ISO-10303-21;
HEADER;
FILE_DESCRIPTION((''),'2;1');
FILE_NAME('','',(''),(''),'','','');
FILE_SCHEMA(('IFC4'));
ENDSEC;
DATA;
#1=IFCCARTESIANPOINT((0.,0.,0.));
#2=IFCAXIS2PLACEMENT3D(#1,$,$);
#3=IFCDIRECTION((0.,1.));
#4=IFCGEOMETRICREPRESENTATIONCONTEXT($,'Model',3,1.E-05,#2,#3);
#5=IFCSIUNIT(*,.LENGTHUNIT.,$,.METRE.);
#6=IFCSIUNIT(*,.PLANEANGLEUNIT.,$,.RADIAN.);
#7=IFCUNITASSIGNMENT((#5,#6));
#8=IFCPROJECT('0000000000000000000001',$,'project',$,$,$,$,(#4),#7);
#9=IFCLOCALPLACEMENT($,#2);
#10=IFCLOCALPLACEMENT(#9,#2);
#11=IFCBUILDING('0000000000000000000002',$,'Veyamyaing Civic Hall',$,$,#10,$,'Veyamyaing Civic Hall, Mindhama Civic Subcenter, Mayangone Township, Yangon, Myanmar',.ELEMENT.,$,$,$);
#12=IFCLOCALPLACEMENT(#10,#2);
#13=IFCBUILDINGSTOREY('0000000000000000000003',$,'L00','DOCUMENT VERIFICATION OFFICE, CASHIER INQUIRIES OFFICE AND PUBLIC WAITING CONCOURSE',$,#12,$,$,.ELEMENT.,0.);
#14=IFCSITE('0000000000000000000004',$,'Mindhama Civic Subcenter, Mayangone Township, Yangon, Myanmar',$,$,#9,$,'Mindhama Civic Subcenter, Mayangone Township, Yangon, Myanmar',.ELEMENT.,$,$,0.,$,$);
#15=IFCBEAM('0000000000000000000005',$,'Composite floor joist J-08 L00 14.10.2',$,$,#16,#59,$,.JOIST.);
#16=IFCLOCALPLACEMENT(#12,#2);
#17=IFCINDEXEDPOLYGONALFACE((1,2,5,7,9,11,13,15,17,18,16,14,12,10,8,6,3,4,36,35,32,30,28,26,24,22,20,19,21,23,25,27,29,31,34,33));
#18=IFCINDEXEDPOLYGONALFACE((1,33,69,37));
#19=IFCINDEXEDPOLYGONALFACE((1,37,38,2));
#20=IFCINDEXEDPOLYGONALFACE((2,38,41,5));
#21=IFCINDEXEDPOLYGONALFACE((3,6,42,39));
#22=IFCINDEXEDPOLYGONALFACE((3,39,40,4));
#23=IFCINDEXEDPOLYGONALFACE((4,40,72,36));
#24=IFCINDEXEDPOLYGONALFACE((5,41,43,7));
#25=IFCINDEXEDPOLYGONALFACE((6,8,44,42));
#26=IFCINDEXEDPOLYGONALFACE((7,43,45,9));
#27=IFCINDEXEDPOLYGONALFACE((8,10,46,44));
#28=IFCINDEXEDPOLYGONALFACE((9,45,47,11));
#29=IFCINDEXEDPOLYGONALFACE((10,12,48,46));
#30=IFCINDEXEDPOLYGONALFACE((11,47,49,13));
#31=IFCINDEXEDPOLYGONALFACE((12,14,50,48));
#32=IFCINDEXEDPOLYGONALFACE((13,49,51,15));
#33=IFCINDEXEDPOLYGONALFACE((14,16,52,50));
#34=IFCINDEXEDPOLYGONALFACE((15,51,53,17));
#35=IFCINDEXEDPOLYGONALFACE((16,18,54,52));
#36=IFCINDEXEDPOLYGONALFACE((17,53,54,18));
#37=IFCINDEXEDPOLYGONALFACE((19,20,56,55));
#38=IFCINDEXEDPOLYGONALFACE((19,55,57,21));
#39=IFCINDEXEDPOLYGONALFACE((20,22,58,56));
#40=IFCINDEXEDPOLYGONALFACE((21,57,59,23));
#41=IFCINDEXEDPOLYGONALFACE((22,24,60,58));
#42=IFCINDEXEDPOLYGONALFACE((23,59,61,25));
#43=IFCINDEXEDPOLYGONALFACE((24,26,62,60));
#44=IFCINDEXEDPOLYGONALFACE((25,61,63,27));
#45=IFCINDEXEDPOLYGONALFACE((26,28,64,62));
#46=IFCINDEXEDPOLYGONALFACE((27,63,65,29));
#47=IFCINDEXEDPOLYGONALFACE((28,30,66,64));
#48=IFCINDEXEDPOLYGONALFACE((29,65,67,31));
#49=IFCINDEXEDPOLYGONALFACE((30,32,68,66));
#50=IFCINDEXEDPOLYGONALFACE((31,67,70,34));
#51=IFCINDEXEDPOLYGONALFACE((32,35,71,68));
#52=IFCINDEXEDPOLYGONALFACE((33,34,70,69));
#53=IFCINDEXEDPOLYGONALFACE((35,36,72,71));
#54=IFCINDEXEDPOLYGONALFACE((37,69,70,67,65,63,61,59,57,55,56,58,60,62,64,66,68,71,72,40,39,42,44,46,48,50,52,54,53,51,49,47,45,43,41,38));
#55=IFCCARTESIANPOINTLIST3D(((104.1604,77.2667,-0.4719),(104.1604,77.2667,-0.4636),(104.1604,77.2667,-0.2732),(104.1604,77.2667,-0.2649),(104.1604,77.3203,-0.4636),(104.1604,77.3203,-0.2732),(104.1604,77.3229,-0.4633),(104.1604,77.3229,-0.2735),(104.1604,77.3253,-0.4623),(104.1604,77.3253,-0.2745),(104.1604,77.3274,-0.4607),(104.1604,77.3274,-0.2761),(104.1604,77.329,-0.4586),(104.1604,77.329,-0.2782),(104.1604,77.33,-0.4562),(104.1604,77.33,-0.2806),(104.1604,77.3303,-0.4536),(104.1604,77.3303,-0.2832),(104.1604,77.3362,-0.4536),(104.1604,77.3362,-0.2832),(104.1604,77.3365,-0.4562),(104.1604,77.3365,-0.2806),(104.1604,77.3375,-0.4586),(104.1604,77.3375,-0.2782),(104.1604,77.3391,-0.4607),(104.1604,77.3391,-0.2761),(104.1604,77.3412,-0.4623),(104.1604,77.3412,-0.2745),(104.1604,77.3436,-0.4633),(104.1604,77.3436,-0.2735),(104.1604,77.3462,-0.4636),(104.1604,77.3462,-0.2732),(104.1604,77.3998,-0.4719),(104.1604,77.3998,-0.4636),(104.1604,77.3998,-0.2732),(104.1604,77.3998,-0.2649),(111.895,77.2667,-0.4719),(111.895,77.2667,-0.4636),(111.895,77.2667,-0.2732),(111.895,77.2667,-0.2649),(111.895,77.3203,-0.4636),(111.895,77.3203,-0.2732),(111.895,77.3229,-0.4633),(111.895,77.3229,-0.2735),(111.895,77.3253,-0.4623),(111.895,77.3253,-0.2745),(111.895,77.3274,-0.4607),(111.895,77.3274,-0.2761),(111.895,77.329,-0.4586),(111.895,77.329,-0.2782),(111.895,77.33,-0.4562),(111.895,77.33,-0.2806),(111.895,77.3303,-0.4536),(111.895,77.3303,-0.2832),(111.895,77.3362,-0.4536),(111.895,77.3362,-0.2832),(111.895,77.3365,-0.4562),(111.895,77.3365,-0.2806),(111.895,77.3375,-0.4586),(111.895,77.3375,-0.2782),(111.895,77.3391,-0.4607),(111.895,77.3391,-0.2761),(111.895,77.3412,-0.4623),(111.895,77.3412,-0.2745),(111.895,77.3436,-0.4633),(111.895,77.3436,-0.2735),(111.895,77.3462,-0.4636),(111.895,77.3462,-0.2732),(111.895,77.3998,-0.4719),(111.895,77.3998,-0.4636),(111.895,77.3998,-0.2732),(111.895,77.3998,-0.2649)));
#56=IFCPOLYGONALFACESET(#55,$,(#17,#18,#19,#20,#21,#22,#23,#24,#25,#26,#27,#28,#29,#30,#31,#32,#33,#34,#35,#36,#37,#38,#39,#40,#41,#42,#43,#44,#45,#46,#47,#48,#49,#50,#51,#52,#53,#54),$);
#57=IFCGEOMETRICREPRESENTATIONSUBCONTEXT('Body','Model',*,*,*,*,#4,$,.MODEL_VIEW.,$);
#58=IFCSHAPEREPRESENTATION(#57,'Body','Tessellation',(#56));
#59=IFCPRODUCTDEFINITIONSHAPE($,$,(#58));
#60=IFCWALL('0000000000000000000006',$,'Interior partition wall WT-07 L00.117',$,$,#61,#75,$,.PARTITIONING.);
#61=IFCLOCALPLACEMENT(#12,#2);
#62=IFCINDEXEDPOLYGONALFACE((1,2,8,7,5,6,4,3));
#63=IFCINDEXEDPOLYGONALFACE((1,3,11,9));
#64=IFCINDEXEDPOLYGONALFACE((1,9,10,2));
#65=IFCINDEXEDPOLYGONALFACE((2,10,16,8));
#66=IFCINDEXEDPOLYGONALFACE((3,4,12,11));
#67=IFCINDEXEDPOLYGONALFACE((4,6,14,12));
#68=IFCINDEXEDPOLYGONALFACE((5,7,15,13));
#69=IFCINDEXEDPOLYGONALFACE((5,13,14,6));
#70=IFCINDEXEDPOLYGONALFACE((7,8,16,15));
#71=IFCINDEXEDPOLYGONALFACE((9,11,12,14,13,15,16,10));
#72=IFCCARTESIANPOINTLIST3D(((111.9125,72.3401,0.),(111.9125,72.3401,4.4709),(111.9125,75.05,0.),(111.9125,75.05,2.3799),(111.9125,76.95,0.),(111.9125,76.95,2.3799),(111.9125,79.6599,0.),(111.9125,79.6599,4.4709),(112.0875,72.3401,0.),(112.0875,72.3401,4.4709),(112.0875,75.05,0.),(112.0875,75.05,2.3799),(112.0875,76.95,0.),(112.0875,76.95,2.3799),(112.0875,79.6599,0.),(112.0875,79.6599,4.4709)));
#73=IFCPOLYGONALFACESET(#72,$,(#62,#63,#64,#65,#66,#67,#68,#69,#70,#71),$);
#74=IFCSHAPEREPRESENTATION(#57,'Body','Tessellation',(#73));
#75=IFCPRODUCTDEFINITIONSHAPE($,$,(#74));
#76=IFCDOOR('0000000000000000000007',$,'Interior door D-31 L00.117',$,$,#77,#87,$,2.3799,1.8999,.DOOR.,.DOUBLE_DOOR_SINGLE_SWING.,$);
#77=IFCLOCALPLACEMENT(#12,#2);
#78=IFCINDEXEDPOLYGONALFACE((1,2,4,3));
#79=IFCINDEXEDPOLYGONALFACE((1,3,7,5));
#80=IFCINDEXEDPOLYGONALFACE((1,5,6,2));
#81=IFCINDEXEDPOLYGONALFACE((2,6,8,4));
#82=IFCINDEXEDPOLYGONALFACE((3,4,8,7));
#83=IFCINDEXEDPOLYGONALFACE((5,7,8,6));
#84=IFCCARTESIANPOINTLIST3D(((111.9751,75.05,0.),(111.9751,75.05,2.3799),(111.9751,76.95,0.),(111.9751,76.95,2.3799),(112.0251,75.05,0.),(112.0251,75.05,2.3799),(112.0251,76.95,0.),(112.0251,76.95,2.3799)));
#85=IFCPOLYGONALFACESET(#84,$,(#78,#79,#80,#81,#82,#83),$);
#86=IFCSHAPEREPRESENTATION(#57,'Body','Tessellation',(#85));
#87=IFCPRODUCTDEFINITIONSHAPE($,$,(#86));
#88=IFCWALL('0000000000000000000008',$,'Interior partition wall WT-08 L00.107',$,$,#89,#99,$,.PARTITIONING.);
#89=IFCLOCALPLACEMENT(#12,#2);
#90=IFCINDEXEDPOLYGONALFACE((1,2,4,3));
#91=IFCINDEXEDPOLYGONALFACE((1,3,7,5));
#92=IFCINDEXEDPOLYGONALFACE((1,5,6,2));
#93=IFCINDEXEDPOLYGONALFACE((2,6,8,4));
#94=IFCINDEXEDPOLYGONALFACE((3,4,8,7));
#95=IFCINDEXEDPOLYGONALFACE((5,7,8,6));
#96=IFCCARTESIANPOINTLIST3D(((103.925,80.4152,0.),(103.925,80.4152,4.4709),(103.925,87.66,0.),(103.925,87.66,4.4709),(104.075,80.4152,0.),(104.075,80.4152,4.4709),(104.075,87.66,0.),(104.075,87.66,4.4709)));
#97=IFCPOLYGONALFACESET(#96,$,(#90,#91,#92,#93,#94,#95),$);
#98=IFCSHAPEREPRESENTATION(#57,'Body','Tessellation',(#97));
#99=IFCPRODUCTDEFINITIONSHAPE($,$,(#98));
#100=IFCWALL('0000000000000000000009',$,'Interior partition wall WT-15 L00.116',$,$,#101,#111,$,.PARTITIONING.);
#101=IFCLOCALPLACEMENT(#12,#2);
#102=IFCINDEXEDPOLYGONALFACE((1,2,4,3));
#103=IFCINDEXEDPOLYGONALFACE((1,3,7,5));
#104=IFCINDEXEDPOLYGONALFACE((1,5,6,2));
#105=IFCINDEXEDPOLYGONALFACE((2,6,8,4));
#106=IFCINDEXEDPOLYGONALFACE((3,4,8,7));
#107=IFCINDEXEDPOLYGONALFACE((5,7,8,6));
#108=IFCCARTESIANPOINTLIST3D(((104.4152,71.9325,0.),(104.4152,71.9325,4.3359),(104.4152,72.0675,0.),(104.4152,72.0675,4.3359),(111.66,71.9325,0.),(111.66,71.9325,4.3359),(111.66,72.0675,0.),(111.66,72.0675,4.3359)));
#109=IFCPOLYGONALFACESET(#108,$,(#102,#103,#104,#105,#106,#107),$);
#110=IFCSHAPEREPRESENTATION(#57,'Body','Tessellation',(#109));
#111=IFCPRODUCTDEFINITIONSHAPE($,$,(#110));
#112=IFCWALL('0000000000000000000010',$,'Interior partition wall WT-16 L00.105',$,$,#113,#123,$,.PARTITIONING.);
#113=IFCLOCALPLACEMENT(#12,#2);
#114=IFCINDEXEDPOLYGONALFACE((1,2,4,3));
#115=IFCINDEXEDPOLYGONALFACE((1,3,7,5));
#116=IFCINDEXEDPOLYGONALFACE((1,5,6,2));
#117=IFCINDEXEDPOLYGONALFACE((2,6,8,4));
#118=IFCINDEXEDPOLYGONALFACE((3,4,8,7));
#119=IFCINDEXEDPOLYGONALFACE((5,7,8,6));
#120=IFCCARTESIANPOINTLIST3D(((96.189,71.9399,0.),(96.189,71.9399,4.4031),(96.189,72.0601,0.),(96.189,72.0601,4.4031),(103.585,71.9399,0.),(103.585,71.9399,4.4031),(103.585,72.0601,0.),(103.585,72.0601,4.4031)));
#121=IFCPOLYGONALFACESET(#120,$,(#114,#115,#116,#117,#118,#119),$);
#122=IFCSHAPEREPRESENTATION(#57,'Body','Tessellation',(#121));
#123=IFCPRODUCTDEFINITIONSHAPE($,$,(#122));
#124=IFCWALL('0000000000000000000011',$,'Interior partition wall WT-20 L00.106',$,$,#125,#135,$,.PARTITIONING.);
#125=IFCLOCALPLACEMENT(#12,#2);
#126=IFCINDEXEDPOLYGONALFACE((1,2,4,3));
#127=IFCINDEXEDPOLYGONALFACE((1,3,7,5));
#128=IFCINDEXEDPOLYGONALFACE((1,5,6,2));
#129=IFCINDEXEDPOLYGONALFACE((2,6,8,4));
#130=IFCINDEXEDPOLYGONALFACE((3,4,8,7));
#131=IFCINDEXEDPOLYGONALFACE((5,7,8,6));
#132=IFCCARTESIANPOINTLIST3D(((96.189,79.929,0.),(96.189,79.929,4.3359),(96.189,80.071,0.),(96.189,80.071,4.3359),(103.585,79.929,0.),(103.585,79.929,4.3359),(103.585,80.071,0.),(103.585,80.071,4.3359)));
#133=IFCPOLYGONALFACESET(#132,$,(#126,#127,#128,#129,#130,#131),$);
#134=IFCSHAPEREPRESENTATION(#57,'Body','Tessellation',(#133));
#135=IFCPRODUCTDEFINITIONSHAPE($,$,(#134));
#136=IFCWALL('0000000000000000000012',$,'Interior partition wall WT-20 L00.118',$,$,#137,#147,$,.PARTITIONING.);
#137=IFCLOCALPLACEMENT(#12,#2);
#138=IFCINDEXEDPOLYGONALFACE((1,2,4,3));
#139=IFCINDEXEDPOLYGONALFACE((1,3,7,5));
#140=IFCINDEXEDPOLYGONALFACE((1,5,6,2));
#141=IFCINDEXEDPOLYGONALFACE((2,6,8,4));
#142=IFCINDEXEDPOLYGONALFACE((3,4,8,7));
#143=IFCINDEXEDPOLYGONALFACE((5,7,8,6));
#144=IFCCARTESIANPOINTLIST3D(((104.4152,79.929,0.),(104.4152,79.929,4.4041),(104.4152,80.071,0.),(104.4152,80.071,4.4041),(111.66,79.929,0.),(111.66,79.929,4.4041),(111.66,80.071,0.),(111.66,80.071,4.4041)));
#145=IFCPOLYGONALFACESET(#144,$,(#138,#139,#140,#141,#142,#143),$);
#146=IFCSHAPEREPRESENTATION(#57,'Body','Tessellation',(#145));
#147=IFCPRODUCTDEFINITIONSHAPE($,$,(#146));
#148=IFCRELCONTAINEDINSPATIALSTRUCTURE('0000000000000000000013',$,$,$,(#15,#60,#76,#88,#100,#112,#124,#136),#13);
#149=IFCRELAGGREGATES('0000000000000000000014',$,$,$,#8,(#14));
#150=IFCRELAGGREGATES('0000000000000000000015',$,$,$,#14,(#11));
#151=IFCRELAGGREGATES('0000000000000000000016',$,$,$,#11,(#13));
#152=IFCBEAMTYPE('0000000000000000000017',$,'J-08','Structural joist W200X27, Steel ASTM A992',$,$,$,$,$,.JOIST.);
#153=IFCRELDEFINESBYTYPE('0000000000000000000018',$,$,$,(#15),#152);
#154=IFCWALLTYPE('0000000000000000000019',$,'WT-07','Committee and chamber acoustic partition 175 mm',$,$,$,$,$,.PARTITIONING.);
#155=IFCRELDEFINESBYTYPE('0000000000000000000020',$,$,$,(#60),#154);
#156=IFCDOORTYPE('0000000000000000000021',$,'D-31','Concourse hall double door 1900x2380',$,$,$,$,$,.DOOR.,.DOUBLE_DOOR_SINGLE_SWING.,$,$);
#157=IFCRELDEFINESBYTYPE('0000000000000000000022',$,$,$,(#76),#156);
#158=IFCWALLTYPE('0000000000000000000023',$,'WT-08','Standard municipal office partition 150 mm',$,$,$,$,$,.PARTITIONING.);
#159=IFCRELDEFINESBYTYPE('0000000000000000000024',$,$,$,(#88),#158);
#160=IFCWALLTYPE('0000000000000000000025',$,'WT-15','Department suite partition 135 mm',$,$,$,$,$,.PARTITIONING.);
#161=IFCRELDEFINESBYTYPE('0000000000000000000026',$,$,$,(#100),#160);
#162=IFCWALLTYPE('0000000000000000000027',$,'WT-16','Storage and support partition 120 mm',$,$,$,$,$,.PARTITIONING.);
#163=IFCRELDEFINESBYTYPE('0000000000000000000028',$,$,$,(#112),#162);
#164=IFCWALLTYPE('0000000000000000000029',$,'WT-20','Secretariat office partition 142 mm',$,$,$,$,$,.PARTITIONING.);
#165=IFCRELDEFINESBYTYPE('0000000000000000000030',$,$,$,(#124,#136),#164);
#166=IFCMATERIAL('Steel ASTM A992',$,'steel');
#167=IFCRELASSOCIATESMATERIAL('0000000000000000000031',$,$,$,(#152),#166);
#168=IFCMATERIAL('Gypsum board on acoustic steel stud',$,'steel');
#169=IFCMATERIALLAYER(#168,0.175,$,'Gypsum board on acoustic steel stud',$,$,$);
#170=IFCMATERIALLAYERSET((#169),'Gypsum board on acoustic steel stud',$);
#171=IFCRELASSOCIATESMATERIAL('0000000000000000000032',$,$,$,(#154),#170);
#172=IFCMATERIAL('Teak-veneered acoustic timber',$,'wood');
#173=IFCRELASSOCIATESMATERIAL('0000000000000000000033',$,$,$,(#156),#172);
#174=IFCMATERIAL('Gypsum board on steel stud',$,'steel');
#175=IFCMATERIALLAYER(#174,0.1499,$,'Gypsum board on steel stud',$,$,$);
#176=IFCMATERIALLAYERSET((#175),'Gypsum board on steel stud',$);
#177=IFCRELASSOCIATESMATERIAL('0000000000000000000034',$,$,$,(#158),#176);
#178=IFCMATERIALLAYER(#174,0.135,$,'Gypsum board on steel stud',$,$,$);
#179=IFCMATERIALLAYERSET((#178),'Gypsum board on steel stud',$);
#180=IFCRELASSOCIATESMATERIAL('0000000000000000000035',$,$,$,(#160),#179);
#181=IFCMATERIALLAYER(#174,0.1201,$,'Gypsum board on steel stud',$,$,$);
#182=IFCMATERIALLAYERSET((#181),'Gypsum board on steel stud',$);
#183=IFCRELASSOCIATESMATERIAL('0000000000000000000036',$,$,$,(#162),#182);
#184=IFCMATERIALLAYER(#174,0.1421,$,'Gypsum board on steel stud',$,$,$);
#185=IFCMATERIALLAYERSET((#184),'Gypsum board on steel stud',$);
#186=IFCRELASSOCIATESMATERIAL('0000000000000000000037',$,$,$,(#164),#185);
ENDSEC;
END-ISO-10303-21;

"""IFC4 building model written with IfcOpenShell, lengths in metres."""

from ifc_helpers import new_model, si_unit, direction, frame, frame_2d, origin, origin_2d, place, context, subcontext, project, spatial, rectangle, i_section, extrude, material, layer, layer_set, material_profile, profile_set, type_object, element, fill, save


model = new_model("IFC4")

# Units and contexts
model_context = context("Model", 3, precision=1e-05, world=origin(), true_north=direction((0.0, 1.0)))
body_context = subcontext(model_context, "Body", "Model", "MODEL_VIEW")
ifc_project = project(units=[si_unit("LENGTHUNIT", "METRE"), si_unit("PLANEANGLEUNIT", "RADIAN")], contexts=[model_context])

# Site, building, storey
site_placement = place(None, origin())
site = spatial("IfcSite", under=ifc_project, at=site_placement, Name="Mindhama Civic Subcenter, Mayangone Township, Yangon, Myanmar", LongName="Mindhama Civic Subcenter, Mayangone Township, Yangon, Myanmar", CompositionType="ELEMENT", RefElevation=0.0)
building_placement = place(site_placement, origin())
building = spatial("IfcBuilding", under=site, at=building_placement, Name="Veyamyaing Civic Hall", LongName="Veyamyaing Civic Hall, Mindhama Civic Subcenter, Mayangone Township, Yangon, Myanmar", CompositionType="ELEMENT")
storey_placement = place(building_placement, origin())
storey = spatial("IfcBuildingStorey", under=building, at=storey_placement, Name="L00", Description="DOCUMENT VERIFICATION OFFICE, CASHIER INQUIRIES OFFICE AND PUBLIC WAITING CONCOURSE", CompositionType="ELEMENT", Elevation=0.0)

# Beam
ifc_material_1 = material(Name="Steel ASTM A992", Category="steel")
ifc_material_profile_1 = material_profile(ifc_material_1, i_section(OverallWidth=0.1331, OverallDepth=0.207, WebThickness=0.0059, FlangeThickness=0.0083, FilletRadius=0.01, at=origin_2d()), Name="W200X27")
ifc_profile_set_1 = profile_set([ifc_material_profile_1], Name="Steel ASTM A992")
beam_type_1 = type_object("IfcBeamType", Name="J-08", Description="Structural joist W200X27, Steel ASTM A992", PredefinedType="JOIST", material=ifc_profile_set_1)
for number, where, z_axis, x_axis, name in (
    (1, (104.1604, 77.3333, -0.3684), (1.0, 0.0, 0.0), (0.0, 1.0, 0.0), "Composite floor joist J-08 L00 14.10.2"),
):
    element("IfcBeam", number, at=place(storey_placement, frame(where, z_axis=z_axis, x_axis=x_axis)), inside=storey, type_object=beam_type_1, Name=name, PredefinedType="JOIST", context=body_context, shape_type="SweptSolid", body=[
        extrude(i_section(OverallWidth=0.1331, OverallDepth=0.207, WebThickness=0.0059, FlangeThickness=0.0083, FilletRadius=0.01, at=origin_2d()), origin(), (0.0, 0.0, 1.0), 7.7346),
    ])

# Wall, opening, door
ifc_material_2 = material(Name="Gypsum board on acoustic steel stud", Category="steel")
ifc_layer_1 = layer(ifc_material_2, 0.175, Name="Gypsum board on acoustic steel stud")
ifc_layer_set_1 = layer_set([ifc_layer_1], Name="Gypsum board on acoustic steel stud")
wall_type_1 = type_object("IfcWallType", Name="WT-07", Description="Committee and chamber acoustic partition 175 mm", PredefinedType="PARTITIONING", material=ifc_layer_set_1)
wall_1_placement = place(storey_placement, frame((112.0, 72.3401, 0.0), z_axis=(0.0, 0.0, 1.0), x_axis=(0.0, 1.0, 0.0)))
wall_1 = element("IfcWall", 2, at=wall_1_placement, inside=storey, type_object=wall_type_1, Name="Interior partition wall WT-07 L00.117", PredefinedType="PARTITIONING", context=body_context, shape_type="SweptSolid", body=[
    extrude(rectangle(XDim=7.3198, YDim=0.175, at=frame_2d((3.6599, 0.0))), origin(), (0.0, 0.0, 1.0), 4.4709),
])
opening_placement = place(wall_1_placement, frame((2.71, 0.0, 0.0)))
opening = element("IfcOpeningElement", 3, at=opening_placement, cuts=wall_1, PredefinedType="OPENING", context=body_context, shape_type="SweptSolid", body=[
    extrude(rectangle(XDim=1.8999, YDim=2.3799, at=frame_2d((0.95, 1.1899))), frame((0.0, 0.0974, 0.0), z_axis=(0.0, -1.0, 0.0), x_axis=(1.0, 0.0, 0.0)), (0.0, 0.0, 1.0), 0.1951),
])
ifc_material_3 = material(Name="Teak-veneered acoustic timber", Category="wood")
door_type = type_object("IfcDoorType", Name="D-31", Description="Concourse hall double door 1900x2380", OperationType="DOUBLE_DOOR_SINGLE_SWING", PredefinedType="DOOR", material=ifc_material_3)
door_placement = place(opening_placement, origin())
door = element("IfcDoor", 4, at=door_placement, inside=storey, type_object=door_type, Name="Interior door D-31 L00.117", OperationType="DOUBLE_DOOR_SINGLE_SWING", OverallHeight=2.3799, OverallWidth=1.8999, PredefinedType="DOOR", context=body_context, shape_type="SweptSolid", body=[
    extrude(rectangle(XDim=1.8999, YDim=2.3799, at=frame_2d((0.95, 1.1899))), frame((0.0, 0.0249, 0.0), z_axis=(0.0, -1.0, 0.0), x_axis=(1.0, 0.0, 0.0)), (0.0, 0.0, 1.0), 0.05),
])
fill(opening, door)

# Walls
ifc_material_4 = material(Name="Gypsum board on steel stud", Category="steel")
ifc_layer_2 = layer(ifc_material_4, 0.1499, Name="Gypsum board on steel stud")
ifc_layer_set_2 = layer_set([ifc_layer_2], Name="Gypsum board on steel stud")
wall_type_2 = type_object("IfcWallType", Name="WT-08", Description="Standard municipal office partition 150 mm", PredefinedType="PARTITIONING", material=ifc_layer_set_2)
wall_2_placement = place(storey_placement, frame((104.0, 80.415, 0.0), z_axis=(0.0, 0.0, 1.0), x_axis=(0.0, 1.0, 0.0)))
element("IfcWall", 5, at=wall_2_placement, inside=storey, type_object=wall_type_2, Name="Interior partition wall WT-08 L00.107", PredefinedType="PARTITIONING", context=body_context, shape_type="SweptSolid", body=[
    extrude(rectangle(XDim=7.2449, YDim=0.1499, at=frame_2d((3.6226, 0.0))), origin(), (0.0, 0.0, 1.0), 4.4709),
])
ifc_layer_3 = layer(ifc_material_4, 0.135, Name="Gypsum board on steel stud")
ifc_layer_set_3 = layer_set([ifc_layer_3], Name="Gypsum board on steel stud")
wall_type_3 = type_object("IfcWallType", Name="WT-15", Description="Department suite partition 135 mm", PredefinedType="PARTITIONING", material=ifc_layer_set_3)
wall_3_placement = place(storey_placement, frame((104.415, 72.0, 0.0), z_axis=(0.0, 0.0, 1.0), x_axis=(1.0, 0.0, 0.0)))
element("IfcWall", 6, at=wall_3_placement, inside=storey, type_object=wall_type_3, Name="Interior partition wall WT-15 L00.116", PredefinedType="PARTITIONING", context=body_context, shape_type="SweptSolid", body=[
    extrude(rectangle(XDim=7.2449, YDim=0.135, at=frame_2d((3.6226, 0.0))), origin(), (0.0, 0.0, 1.0), 4.3359),
])
ifc_layer_4 = layer(ifc_material_4, 0.1201, Name="Gypsum board on steel stud")
ifc_layer_set_4 = layer_set([ifc_layer_4], Name="Gypsum board on steel stud")
wall_type_4 = type_object("IfcWallType", Name="WT-16", Description="Storage and support partition 120 mm", PredefinedType="PARTITIONING", material=ifc_layer_set_4)
wall_4_placement = place(storey_placement, frame((96.189, 72.0, 0.0), z_axis=(0.0, 0.0, 1.0), x_axis=(1.0, 0.0, 0.0)))
element("IfcWall", 7, at=wall_4_placement, inside=storey, type_object=wall_type_4, Name="Interior partition wall WT-16 L00.105", PredefinedType="PARTITIONING", context=body_context, shape_type="SweptSolid", body=[
    extrude(rectangle(XDim=7.396, YDim=0.1201, at=frame_2d((3.698, 0.0))), origin(), (0.0, 0.0, 1.0), 4.4031),
])
ifc_layer_5 = layer(ifc_material_4, 0.1421, Name="Gypsum board on steel stud")
ifc_layer_set_5 = layer_set([ifc_layer_5], Name="Gypsum board on steel stud")
wall_type_5 = type_object("IfcWallType", Name="WT-20", Description="Secretariat office partition 142 mm", PredefinedType="PARTITIONING", material=ifc_layer_set_5)
wall_5_placement = place(storey_placement, frame((96.189, 80.0, 0.0), z_axis=(0.0, 0.0, 1.0), x_axis=(1.0, 0.0, 0.0)))
element("IfcWall", 8, at=wall_5_placement, inside=storey, type_object=wall_type_5, Name="Interior partition wall WT-20 L00.106", PredefinedType="PARTITIONING", context=body_context, shape_type="SweptSolid", body=[
    extrude(rectangle(XDim=7.396, YDim=0.1421, at=frame_2d((3.698, 0.0))), origin(), (0.0, 0.0, 1.0), 4.3359),
])
wall_6_placement = place(storey_placement, frame((104.415, 80.0, 0.0), z_axis=(0.0, 0.0, 1.0), x_axis=(1.0, 0.0, 0.0)))
element("IfcWall", 9, at=wall_6_placement, inside=storey, type_object=wall_type_5, Name="Interior partition wall WT-20 L00.118", PredefinedType="PARTITIONING", context=body_context, shape_type="SweptSolid", body=[
    extrude(rectangle(XDim=7.2449, YDim=0.1421, at=frame_2d((3.6226, 0.0))), origin(), (0.0, 0.0, 1.0), 4.4041),
])

save(model, "model.ifc")
